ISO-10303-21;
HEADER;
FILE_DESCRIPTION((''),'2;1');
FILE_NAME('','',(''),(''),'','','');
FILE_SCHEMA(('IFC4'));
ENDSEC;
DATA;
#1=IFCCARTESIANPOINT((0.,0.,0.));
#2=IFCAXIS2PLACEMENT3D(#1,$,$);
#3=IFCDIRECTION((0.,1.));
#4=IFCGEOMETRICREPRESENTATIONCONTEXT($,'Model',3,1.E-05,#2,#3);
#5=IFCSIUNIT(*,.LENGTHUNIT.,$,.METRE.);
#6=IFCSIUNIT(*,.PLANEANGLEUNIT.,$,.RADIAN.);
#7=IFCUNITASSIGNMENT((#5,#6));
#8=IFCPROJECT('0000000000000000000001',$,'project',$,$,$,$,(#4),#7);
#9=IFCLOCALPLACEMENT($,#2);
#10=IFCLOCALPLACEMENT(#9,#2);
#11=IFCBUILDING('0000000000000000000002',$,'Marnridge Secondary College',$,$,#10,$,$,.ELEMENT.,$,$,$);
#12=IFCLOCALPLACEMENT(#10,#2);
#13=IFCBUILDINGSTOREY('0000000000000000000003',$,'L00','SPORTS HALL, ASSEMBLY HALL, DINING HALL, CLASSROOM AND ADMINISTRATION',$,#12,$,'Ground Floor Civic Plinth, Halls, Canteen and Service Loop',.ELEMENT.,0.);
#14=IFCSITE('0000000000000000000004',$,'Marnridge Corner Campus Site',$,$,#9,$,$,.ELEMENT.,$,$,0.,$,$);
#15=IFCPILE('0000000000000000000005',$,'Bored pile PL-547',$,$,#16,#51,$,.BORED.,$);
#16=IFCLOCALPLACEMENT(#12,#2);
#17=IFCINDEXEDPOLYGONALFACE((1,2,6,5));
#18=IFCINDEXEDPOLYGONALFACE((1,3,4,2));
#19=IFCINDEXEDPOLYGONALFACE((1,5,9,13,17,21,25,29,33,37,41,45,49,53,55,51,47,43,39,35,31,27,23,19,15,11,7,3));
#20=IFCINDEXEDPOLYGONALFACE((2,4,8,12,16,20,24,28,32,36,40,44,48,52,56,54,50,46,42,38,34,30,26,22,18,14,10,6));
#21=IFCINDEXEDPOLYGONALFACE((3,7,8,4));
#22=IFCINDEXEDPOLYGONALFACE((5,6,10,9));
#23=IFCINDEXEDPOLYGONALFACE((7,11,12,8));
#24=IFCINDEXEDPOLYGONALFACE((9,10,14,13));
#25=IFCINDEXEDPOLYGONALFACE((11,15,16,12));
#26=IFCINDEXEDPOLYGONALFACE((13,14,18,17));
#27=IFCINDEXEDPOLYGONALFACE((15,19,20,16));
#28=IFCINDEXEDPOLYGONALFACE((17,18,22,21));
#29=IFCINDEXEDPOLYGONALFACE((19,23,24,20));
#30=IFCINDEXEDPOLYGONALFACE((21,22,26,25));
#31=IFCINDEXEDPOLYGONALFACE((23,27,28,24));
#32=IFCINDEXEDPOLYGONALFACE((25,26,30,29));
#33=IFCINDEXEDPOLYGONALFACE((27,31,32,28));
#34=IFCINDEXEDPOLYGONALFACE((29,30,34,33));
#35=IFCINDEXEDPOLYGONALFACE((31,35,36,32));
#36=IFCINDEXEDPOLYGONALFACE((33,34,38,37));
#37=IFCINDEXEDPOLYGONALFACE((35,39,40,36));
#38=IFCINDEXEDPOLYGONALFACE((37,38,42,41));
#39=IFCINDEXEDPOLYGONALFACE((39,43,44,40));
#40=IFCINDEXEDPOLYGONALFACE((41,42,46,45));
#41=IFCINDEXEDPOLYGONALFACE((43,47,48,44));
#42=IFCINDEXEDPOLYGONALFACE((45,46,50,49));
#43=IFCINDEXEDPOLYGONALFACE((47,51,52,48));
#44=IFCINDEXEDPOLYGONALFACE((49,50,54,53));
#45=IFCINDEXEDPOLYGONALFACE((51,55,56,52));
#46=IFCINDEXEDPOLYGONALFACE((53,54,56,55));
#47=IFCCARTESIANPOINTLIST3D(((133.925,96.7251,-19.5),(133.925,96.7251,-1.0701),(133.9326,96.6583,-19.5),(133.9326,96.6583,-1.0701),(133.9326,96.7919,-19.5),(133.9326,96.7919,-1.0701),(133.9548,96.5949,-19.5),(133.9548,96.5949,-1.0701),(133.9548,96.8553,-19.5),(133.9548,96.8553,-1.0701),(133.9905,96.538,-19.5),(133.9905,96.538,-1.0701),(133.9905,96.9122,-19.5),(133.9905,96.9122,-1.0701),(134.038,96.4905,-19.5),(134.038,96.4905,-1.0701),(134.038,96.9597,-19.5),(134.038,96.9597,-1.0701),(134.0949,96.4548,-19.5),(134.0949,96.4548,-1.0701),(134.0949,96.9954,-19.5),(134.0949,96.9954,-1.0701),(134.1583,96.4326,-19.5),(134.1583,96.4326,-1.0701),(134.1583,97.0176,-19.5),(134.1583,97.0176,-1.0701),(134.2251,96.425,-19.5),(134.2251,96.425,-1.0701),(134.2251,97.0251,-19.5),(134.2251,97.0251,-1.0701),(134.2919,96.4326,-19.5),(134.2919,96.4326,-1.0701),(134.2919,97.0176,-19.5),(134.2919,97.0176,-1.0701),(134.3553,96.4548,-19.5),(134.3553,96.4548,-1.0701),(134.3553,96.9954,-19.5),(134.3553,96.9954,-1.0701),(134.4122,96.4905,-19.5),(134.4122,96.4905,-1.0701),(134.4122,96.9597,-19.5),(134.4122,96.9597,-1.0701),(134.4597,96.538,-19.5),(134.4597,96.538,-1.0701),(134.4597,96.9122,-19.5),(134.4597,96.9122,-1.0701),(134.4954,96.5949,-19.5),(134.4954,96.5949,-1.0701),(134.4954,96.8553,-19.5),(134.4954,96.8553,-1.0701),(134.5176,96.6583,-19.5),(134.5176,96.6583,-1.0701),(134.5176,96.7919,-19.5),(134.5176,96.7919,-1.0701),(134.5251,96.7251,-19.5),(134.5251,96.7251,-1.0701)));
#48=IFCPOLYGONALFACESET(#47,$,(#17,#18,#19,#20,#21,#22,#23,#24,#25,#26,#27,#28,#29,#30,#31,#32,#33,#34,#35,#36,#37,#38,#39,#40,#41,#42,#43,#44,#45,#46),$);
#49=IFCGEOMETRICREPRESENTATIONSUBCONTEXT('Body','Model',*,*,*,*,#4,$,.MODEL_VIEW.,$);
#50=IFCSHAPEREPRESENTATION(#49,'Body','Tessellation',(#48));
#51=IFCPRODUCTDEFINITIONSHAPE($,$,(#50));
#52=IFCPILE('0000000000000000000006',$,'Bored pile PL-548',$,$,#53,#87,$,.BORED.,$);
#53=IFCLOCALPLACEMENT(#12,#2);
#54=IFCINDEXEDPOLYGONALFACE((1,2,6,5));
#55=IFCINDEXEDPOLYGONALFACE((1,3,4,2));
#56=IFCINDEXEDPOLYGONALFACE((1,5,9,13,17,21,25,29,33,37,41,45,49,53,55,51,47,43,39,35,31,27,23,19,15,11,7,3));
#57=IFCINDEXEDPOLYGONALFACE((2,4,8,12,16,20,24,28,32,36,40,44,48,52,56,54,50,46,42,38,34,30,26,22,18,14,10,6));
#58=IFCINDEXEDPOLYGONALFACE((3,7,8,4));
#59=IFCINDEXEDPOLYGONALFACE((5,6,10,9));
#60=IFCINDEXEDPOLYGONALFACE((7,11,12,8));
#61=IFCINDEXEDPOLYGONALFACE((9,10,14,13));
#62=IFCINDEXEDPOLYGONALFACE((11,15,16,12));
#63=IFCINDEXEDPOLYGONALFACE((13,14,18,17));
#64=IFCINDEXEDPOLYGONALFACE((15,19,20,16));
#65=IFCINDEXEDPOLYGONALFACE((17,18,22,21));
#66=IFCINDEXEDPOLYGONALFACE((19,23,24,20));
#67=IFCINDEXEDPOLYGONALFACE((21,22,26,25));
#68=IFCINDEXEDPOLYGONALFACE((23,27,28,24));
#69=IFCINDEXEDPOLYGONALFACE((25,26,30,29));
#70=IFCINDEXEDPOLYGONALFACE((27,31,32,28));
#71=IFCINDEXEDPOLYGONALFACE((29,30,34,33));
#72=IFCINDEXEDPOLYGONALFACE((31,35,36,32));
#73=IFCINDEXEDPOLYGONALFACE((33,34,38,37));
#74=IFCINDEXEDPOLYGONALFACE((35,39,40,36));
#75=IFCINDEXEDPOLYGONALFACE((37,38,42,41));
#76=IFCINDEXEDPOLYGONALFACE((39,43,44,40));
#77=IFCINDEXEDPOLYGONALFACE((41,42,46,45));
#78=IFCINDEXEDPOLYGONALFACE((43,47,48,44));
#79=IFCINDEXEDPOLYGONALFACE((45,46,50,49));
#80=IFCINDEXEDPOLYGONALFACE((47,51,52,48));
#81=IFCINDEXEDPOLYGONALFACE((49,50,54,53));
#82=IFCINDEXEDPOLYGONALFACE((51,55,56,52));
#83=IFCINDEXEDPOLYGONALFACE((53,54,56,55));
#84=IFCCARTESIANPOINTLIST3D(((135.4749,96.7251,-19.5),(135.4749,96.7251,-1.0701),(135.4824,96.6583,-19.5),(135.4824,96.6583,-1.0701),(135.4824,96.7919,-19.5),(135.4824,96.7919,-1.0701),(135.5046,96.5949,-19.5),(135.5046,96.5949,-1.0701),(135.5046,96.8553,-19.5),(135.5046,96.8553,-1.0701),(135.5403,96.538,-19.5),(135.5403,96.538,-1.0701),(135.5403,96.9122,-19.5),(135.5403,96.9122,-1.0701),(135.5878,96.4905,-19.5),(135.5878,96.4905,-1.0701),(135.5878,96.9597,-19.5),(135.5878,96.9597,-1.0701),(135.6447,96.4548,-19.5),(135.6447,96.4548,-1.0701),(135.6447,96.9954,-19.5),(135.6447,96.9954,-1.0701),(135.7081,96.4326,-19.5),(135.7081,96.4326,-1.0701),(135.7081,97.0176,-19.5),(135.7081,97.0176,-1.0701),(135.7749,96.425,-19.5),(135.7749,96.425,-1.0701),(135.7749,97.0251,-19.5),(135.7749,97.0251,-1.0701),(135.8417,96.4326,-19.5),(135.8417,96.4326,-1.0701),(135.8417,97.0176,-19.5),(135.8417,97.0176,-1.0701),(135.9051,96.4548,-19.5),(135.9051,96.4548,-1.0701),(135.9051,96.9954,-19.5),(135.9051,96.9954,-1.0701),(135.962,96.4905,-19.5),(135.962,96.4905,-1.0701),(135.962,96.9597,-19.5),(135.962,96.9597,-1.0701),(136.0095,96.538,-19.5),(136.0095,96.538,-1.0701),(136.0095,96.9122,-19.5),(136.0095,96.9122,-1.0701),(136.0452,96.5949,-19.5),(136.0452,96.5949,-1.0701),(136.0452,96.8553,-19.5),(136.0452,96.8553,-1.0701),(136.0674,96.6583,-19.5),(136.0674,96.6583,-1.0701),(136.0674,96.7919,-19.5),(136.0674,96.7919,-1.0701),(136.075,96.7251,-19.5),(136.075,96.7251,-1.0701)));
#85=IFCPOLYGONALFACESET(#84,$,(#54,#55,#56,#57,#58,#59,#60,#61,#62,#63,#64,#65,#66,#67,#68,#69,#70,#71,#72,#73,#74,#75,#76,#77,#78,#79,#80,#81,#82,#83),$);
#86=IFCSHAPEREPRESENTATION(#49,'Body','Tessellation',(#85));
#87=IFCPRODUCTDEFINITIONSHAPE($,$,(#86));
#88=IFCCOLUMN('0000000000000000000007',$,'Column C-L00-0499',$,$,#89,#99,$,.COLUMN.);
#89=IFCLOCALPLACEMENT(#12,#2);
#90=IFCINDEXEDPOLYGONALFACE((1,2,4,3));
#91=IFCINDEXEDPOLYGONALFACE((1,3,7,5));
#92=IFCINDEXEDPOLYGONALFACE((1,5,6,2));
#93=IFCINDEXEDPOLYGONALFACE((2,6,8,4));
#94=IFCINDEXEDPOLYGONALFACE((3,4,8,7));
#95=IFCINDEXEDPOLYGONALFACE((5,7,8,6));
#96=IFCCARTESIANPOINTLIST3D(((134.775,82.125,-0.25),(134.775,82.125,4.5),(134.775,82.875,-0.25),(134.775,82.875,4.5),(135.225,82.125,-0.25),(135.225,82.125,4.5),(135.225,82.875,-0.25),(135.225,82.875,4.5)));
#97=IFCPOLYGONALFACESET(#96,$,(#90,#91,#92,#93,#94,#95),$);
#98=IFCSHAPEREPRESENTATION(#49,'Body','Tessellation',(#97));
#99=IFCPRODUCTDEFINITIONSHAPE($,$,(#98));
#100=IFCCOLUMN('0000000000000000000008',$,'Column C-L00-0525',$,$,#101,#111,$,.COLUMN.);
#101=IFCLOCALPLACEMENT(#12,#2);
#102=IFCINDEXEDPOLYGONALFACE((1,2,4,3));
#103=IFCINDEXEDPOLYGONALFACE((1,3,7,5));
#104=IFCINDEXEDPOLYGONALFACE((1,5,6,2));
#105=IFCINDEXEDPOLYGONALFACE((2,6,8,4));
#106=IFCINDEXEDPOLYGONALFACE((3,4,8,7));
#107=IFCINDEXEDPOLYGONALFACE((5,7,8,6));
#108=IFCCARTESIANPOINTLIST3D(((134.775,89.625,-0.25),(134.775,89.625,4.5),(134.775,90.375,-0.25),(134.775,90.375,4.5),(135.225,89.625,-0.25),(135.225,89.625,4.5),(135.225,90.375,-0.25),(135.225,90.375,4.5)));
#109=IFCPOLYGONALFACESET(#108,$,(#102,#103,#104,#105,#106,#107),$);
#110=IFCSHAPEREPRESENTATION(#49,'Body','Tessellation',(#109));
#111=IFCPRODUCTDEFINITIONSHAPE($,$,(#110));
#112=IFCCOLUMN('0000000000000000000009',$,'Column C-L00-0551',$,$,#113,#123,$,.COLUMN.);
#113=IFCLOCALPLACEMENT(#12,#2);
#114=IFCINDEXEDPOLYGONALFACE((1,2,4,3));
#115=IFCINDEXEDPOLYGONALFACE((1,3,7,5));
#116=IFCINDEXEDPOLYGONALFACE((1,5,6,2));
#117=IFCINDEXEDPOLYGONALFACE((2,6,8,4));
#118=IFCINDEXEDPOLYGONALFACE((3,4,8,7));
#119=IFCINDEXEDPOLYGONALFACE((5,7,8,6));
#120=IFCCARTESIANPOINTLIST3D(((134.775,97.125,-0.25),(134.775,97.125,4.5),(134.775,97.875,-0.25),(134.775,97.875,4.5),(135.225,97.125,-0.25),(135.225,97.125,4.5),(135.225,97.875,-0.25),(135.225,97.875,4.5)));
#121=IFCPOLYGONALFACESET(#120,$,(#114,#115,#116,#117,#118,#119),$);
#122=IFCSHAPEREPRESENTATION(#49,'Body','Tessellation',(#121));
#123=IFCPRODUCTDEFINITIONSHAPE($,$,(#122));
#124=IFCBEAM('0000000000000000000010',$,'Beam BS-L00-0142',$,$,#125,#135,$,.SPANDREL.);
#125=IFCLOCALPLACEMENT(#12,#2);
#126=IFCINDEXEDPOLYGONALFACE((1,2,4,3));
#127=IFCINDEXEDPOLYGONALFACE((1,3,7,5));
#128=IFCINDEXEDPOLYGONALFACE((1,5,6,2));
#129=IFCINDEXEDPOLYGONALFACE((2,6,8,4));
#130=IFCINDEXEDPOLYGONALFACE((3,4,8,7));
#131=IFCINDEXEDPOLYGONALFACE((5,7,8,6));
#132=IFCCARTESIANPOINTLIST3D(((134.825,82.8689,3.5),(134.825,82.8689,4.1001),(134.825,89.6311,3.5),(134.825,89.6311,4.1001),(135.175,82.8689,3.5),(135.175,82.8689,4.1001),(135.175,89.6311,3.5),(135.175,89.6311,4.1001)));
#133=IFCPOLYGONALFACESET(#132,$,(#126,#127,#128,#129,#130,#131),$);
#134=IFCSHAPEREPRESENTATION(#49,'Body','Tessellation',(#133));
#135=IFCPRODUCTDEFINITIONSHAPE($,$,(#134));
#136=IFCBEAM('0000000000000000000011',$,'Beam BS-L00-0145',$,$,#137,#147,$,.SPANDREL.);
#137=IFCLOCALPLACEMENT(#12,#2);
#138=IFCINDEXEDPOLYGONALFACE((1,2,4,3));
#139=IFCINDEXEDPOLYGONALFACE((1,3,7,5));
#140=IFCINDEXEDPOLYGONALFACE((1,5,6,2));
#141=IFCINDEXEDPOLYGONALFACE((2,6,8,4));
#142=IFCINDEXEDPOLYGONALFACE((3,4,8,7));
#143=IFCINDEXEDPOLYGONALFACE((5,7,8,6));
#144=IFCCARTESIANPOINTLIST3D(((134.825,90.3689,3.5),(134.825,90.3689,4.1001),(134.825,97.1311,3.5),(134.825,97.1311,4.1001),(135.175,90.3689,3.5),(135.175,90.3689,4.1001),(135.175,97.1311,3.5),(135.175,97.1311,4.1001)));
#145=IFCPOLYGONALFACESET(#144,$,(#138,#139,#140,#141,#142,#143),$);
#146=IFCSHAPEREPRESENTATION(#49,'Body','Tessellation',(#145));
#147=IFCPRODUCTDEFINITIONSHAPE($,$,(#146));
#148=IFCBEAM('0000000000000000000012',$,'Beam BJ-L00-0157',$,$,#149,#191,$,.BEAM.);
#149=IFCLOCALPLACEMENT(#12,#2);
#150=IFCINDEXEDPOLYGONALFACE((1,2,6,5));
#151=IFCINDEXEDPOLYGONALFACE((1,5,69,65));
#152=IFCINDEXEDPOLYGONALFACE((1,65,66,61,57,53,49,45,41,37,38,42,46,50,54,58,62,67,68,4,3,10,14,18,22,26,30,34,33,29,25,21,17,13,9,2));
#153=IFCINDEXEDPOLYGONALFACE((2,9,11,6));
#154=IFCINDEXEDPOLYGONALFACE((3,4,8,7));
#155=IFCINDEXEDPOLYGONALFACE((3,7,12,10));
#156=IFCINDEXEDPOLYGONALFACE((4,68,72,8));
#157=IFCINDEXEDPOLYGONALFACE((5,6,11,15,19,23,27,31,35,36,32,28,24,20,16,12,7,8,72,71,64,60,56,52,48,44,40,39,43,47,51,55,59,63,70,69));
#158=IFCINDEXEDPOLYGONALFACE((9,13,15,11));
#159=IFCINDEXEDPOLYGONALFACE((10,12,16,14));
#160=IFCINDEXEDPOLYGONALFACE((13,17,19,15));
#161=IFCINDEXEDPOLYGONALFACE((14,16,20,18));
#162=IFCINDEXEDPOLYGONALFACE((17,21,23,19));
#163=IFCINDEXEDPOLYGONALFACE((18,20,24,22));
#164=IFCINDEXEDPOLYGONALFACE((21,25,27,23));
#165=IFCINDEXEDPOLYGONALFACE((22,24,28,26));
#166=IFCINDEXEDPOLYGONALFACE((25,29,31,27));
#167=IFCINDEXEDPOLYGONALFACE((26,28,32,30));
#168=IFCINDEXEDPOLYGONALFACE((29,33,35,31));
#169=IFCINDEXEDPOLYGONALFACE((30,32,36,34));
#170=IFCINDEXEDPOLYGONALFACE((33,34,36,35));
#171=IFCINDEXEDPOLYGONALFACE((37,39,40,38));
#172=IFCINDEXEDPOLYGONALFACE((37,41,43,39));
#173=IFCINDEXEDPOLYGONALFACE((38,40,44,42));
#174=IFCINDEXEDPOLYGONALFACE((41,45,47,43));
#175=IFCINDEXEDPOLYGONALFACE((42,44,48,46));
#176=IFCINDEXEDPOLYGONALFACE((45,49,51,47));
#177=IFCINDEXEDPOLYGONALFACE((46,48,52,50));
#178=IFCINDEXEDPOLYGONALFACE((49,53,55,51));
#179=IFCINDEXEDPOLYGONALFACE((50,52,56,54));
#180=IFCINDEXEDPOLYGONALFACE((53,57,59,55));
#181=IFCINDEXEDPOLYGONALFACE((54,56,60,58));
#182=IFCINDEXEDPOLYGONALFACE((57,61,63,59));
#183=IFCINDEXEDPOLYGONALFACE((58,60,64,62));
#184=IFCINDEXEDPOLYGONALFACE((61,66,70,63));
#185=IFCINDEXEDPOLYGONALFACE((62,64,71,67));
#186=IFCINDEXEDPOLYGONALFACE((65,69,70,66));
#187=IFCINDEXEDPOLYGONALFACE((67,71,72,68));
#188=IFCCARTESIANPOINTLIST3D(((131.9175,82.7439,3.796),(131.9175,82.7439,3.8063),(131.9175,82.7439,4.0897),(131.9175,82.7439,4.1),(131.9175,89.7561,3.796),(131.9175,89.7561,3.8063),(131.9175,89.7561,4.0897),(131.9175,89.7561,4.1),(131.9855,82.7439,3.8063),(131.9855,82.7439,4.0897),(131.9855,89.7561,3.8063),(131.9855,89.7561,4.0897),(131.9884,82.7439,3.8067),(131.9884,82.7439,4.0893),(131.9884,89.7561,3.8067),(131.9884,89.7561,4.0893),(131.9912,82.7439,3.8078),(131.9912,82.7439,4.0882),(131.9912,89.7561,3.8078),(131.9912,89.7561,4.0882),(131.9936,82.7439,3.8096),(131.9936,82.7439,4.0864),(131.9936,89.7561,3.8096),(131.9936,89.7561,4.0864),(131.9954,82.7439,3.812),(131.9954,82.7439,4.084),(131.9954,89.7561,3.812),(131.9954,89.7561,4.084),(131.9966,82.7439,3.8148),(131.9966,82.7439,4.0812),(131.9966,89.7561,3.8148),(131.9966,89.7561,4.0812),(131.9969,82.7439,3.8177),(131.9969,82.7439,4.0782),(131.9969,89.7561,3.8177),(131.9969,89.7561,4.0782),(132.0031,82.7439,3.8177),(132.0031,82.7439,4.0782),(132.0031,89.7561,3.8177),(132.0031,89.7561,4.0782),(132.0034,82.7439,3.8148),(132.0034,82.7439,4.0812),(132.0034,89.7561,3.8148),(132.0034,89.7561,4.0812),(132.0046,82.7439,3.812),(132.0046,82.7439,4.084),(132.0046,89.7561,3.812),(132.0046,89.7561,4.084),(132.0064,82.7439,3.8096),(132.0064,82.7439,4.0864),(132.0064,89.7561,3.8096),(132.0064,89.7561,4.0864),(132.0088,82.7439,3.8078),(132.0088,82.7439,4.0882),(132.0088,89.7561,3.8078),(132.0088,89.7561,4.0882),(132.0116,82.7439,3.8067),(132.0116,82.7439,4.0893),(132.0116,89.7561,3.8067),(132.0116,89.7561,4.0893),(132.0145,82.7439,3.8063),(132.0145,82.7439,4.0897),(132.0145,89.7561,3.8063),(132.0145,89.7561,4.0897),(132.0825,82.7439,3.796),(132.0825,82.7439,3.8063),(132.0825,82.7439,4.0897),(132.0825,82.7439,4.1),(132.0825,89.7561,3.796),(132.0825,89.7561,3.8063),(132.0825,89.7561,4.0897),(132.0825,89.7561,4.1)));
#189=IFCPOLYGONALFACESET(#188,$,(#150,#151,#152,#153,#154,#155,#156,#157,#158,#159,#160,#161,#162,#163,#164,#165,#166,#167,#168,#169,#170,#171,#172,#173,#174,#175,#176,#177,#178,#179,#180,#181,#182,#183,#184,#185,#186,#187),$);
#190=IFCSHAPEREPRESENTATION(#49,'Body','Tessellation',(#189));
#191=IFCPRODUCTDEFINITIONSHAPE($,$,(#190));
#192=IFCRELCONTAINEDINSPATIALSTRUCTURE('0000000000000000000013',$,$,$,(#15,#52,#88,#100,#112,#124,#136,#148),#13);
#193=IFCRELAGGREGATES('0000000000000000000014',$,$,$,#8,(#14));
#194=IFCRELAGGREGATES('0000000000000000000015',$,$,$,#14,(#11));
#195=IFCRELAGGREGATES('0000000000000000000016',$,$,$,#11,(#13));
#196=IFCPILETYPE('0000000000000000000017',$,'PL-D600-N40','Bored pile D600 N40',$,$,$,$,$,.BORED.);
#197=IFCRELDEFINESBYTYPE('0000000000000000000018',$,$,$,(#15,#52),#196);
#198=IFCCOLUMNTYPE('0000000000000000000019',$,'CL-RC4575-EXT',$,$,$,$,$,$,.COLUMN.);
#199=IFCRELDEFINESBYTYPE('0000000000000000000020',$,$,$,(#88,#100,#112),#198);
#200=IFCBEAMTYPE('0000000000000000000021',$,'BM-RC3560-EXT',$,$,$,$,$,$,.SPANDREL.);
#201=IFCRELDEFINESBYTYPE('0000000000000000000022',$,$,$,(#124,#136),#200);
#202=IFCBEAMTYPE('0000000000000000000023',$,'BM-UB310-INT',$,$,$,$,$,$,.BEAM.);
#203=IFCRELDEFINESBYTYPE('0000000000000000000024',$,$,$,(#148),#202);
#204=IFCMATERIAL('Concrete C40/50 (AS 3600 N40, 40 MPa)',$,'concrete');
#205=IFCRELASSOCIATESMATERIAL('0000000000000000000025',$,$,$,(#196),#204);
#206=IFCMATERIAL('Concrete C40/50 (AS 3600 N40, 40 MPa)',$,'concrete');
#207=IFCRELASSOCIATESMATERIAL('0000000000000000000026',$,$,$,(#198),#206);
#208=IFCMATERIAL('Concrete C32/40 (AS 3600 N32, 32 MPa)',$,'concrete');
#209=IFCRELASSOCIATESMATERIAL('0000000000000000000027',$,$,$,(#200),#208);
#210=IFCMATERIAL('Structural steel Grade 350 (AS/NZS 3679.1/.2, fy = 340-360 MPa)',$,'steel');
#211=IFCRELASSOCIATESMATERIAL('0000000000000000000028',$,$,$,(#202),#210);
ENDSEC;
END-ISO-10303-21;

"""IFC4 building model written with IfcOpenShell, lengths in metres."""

from ifc_helpers import new_model, si_unit, direction, frame, origin, origin_2d, place, context, subcontext, project, spatial, rectangle, circle, i_section, extrude, material, material_profile, profile_set, type_object, element, save


model = new_model("IFC4")

# Units and contexts
model_context = context("Model", 3, precision=1e-05, world=origin(), true_north=direction((0.0, 1.0)))
body_context = subcontext(model_context, "Body", "Model", "MODEL_VIEW")
ifc_project = project(units=[si_unit("LENGTHUNIT", "METRE"), si_unit("PLANEANGLEUNIT", "RADIAN")], contexts=[model_context])

# Site, building, storey
site_placement = place(None, origin())
site = spatial("IfcSite", under=ifc_project, at=site_placement, Name="Marnridge Corner Campus Site", CompositionType="ELEMENT", RefElevation=0.0)
building_placement = place(site_placement, origin())
building = spatial("IfcBuilding", under=site, at=building_placement, Name="Marnridge Secondary College", CompositionType="ELEMENT")
storey_placement = place(building_placement, origin())
storey = spatial("IfcBuildingStorey", under=building, at=storey_placement, Name="L00", Description="SPORTS HALL, ASSEMBLY HALL, DINING HALL, CLASSROOM AND ADMINISTRATION", LongName="Ground Floor Civic Plinth, Halls, Canteen and Service Loop", CompositionType="ELEMENT", Elevation=0.0)

# Piles
ifc_material_1 = material(Name="Concrete C40/50 (AS 3600 N40, 40 MPa)", Category="concrete")
ifc_material_profile_1 = material_profile(ifc_material_1, circle(Radius=0.3, at=origin_2d()), Name="PILE D600")
ifc_profile_set_1 = profile_set([ifc_material_profile_1], Name="Concrete C40/50 (AS 3600 N40, 40 MPa)")
pile_type = type_object("IfcPileType", Name="PL-D600-N40", Description="Bored pile D600 N40", PredefinedType="BORED", material=ifc_profile_set_1)
for number, where, z_axis, x_axis, name in (
    (1, (134.2251, 96.7251, -1.0701), (0.0, 0.0, -1.0), (1.0, 0.0, 0.0), "Bored pile PL-547"),
    (2, (135.7749, 96.7251, -1.0701), (0.0, 0.0, -1.0), (1.0, 0.0, 0.0), "Bored pile PL-548"),
):
    element("IfcPile", number, at=place(storey_placement, frame(where, z_axis=z_axis, x_axis=x_axis)), inside=storey, type_object=pile_type, Name=name, PredefinedType="BORED", context=body_context, shape_type="SweptSolid", body=[
        extrude(circle(Radius=0.3, at=origin_2d()), origin(), (0.0, 0.0, 1.0), 18.4299),
    ])

# Columns
ifc_material_2 = material(Name="Concrete C40/50 (AS 3600 N40, 40 MPa)", Category="concrete")
ifc_material_profile_2 = material_profile(ifc_material_2, rectangle(XDim=0.45, YDim=0.75, at=origin_2d()), Name="RC 450x750")
ifc_profile_set_2 = profile_set([ifc_material_profile_2], Name="Concrete C40/50 (AS 3600 N40, 40 MPa)")
column_type = type_object("IfcColumnType", Name="CL-RC4575-EXT", PredefinedType="COLUMN", material=ifc_profile_set_2)
for number, where, z_axis, x_axis, name in (
    (3, (135.0, 82.5, -0.25), (0.0, 0.0, 1.0), (1.0, 0.0, 0.0), "Column C-L00-0499"),
    (4, (135.0, 90.0, -0.25), (0.0, 0.0, 1.0), (1.0, 0.0, 0.0), "Column C-L00-0525"),
    (5, (135.0, 97.5, -0.25), (0.0, 0.0, 1.0), (1.0, 0.0, 0.0), "Column C-L00-0551"),
):
    element("IfcColumn", number, at=place(storey_placement, frame(where, z_axis=z_axis, x_axis=x_axis)), inside=storey, type_object=column_type, Name=name, PredefinedType="COLUMN", context=body_context, shape_type="SweptSolid", body=[
        extrude(rectangle(XDim=0.45, YDim=0.75, at=origin_2d()), origin(), (0.0, 0.0, 1.0), 4.75),
    ])

# Beams
ifc_material_3 = material(Name="Concrete C32/40 (AS 3600 N32, 32 MPa)", Category="concrete")
ifc_material_profile_3 = material_profile(ifc_material_3, rectangle(XDim=0.3501, YDim=0.6001, at=origin_2d()), Name="RC 350x600")
ifc_profile_set_3 = profile_set([ifc_material_profile_3], Name="Concrete C32/40 (AS 3600 N32, 32 MPa)")
beam_type_1 = type_object("IfcBeamType", Name="BM-RC3560-EXT", PredefinedType="SPANDREL", material=ifc_profile_set_3)
for number, where, z_axis, x_axis, name in (
    (6, (135.0, 82.8689, 3.8), (0.0, 1.0, 0.0), (-1.0, 0.0, 0.0), "Beam BS-L00-0142"),
    (7, (135.0, 90.3689, 3.8), (0.0, 1.0, 0.0), (-1.0, 0.0, 0.0), "Beam BS-L00-0145"),
):
    element("IfcBeam", number, at=place(storey_placement, frame(where, z_axis=z_axis, x_axis=x_axis)), inside=storey, type_object=beam_type_1, Name=name, PredefinedType="SPANDREL", context=body_context, shape_type="SweptSolid", body=[
        extrude(rectangle(XDim=0.3501, YDim=0.6001, at=origin_2d()), origin(), (0.0, 0.0, 1.0), 6.7622),
    ])
ifc_material_4 = material(Name="Structural steel Grade 350 (AS/NZS 3679.1/.2, fy = 340-360 MPa)", Category="steel")
ifc_material_profile_4 = material_profile(ifc_material_4, i_section(OverallWidth=0.165, OverallDepth=0.304, WebThickness=0.0061, FlangeThickness=0.0103, FilletRadius=0.0115, at=origin_2d()), Name="310UB40.4")
ifc_profile_set_4 = profile_set([ifc_material_profile_4], Name="Structural steel Grade 350 (AS/NZS 3679.1/.2, fy = 340-360 MPa)")
beam_type_2 = type_object("IfcBeamType", Name="BM-UB310-INT", PredefinedType="BEAM", material=ifc_profile_set_4)
for number, where, z_axis, x_axis, name in (
    (8, (132.0, 82.7439, 3.948), (0.0, 1.0, 0.0), (-1.0, 0.0, 0.0), "Beam BJ-L00-0157"),
):
    element("IfcBeam", number, at=place(storey_placement, frame(where, z_axis=z_axis, x_axis=x_axis)), inside=storey, type_object=beam_type_2, Name=name, PredefinedType="BEAM", context=body_context, shape_type="SweptSolid", body=[
        extrude(i_section(OverallWidth=0.165, OverallDepth=0.304, WebThickness=0.0061, FlangeThickness=0.0103, FilletRadius=0.0115, at=origin_2d()), origin(), (0.0, 0.0, 1.0), 7.0122),
    ])

save(model, "model.ifc")
